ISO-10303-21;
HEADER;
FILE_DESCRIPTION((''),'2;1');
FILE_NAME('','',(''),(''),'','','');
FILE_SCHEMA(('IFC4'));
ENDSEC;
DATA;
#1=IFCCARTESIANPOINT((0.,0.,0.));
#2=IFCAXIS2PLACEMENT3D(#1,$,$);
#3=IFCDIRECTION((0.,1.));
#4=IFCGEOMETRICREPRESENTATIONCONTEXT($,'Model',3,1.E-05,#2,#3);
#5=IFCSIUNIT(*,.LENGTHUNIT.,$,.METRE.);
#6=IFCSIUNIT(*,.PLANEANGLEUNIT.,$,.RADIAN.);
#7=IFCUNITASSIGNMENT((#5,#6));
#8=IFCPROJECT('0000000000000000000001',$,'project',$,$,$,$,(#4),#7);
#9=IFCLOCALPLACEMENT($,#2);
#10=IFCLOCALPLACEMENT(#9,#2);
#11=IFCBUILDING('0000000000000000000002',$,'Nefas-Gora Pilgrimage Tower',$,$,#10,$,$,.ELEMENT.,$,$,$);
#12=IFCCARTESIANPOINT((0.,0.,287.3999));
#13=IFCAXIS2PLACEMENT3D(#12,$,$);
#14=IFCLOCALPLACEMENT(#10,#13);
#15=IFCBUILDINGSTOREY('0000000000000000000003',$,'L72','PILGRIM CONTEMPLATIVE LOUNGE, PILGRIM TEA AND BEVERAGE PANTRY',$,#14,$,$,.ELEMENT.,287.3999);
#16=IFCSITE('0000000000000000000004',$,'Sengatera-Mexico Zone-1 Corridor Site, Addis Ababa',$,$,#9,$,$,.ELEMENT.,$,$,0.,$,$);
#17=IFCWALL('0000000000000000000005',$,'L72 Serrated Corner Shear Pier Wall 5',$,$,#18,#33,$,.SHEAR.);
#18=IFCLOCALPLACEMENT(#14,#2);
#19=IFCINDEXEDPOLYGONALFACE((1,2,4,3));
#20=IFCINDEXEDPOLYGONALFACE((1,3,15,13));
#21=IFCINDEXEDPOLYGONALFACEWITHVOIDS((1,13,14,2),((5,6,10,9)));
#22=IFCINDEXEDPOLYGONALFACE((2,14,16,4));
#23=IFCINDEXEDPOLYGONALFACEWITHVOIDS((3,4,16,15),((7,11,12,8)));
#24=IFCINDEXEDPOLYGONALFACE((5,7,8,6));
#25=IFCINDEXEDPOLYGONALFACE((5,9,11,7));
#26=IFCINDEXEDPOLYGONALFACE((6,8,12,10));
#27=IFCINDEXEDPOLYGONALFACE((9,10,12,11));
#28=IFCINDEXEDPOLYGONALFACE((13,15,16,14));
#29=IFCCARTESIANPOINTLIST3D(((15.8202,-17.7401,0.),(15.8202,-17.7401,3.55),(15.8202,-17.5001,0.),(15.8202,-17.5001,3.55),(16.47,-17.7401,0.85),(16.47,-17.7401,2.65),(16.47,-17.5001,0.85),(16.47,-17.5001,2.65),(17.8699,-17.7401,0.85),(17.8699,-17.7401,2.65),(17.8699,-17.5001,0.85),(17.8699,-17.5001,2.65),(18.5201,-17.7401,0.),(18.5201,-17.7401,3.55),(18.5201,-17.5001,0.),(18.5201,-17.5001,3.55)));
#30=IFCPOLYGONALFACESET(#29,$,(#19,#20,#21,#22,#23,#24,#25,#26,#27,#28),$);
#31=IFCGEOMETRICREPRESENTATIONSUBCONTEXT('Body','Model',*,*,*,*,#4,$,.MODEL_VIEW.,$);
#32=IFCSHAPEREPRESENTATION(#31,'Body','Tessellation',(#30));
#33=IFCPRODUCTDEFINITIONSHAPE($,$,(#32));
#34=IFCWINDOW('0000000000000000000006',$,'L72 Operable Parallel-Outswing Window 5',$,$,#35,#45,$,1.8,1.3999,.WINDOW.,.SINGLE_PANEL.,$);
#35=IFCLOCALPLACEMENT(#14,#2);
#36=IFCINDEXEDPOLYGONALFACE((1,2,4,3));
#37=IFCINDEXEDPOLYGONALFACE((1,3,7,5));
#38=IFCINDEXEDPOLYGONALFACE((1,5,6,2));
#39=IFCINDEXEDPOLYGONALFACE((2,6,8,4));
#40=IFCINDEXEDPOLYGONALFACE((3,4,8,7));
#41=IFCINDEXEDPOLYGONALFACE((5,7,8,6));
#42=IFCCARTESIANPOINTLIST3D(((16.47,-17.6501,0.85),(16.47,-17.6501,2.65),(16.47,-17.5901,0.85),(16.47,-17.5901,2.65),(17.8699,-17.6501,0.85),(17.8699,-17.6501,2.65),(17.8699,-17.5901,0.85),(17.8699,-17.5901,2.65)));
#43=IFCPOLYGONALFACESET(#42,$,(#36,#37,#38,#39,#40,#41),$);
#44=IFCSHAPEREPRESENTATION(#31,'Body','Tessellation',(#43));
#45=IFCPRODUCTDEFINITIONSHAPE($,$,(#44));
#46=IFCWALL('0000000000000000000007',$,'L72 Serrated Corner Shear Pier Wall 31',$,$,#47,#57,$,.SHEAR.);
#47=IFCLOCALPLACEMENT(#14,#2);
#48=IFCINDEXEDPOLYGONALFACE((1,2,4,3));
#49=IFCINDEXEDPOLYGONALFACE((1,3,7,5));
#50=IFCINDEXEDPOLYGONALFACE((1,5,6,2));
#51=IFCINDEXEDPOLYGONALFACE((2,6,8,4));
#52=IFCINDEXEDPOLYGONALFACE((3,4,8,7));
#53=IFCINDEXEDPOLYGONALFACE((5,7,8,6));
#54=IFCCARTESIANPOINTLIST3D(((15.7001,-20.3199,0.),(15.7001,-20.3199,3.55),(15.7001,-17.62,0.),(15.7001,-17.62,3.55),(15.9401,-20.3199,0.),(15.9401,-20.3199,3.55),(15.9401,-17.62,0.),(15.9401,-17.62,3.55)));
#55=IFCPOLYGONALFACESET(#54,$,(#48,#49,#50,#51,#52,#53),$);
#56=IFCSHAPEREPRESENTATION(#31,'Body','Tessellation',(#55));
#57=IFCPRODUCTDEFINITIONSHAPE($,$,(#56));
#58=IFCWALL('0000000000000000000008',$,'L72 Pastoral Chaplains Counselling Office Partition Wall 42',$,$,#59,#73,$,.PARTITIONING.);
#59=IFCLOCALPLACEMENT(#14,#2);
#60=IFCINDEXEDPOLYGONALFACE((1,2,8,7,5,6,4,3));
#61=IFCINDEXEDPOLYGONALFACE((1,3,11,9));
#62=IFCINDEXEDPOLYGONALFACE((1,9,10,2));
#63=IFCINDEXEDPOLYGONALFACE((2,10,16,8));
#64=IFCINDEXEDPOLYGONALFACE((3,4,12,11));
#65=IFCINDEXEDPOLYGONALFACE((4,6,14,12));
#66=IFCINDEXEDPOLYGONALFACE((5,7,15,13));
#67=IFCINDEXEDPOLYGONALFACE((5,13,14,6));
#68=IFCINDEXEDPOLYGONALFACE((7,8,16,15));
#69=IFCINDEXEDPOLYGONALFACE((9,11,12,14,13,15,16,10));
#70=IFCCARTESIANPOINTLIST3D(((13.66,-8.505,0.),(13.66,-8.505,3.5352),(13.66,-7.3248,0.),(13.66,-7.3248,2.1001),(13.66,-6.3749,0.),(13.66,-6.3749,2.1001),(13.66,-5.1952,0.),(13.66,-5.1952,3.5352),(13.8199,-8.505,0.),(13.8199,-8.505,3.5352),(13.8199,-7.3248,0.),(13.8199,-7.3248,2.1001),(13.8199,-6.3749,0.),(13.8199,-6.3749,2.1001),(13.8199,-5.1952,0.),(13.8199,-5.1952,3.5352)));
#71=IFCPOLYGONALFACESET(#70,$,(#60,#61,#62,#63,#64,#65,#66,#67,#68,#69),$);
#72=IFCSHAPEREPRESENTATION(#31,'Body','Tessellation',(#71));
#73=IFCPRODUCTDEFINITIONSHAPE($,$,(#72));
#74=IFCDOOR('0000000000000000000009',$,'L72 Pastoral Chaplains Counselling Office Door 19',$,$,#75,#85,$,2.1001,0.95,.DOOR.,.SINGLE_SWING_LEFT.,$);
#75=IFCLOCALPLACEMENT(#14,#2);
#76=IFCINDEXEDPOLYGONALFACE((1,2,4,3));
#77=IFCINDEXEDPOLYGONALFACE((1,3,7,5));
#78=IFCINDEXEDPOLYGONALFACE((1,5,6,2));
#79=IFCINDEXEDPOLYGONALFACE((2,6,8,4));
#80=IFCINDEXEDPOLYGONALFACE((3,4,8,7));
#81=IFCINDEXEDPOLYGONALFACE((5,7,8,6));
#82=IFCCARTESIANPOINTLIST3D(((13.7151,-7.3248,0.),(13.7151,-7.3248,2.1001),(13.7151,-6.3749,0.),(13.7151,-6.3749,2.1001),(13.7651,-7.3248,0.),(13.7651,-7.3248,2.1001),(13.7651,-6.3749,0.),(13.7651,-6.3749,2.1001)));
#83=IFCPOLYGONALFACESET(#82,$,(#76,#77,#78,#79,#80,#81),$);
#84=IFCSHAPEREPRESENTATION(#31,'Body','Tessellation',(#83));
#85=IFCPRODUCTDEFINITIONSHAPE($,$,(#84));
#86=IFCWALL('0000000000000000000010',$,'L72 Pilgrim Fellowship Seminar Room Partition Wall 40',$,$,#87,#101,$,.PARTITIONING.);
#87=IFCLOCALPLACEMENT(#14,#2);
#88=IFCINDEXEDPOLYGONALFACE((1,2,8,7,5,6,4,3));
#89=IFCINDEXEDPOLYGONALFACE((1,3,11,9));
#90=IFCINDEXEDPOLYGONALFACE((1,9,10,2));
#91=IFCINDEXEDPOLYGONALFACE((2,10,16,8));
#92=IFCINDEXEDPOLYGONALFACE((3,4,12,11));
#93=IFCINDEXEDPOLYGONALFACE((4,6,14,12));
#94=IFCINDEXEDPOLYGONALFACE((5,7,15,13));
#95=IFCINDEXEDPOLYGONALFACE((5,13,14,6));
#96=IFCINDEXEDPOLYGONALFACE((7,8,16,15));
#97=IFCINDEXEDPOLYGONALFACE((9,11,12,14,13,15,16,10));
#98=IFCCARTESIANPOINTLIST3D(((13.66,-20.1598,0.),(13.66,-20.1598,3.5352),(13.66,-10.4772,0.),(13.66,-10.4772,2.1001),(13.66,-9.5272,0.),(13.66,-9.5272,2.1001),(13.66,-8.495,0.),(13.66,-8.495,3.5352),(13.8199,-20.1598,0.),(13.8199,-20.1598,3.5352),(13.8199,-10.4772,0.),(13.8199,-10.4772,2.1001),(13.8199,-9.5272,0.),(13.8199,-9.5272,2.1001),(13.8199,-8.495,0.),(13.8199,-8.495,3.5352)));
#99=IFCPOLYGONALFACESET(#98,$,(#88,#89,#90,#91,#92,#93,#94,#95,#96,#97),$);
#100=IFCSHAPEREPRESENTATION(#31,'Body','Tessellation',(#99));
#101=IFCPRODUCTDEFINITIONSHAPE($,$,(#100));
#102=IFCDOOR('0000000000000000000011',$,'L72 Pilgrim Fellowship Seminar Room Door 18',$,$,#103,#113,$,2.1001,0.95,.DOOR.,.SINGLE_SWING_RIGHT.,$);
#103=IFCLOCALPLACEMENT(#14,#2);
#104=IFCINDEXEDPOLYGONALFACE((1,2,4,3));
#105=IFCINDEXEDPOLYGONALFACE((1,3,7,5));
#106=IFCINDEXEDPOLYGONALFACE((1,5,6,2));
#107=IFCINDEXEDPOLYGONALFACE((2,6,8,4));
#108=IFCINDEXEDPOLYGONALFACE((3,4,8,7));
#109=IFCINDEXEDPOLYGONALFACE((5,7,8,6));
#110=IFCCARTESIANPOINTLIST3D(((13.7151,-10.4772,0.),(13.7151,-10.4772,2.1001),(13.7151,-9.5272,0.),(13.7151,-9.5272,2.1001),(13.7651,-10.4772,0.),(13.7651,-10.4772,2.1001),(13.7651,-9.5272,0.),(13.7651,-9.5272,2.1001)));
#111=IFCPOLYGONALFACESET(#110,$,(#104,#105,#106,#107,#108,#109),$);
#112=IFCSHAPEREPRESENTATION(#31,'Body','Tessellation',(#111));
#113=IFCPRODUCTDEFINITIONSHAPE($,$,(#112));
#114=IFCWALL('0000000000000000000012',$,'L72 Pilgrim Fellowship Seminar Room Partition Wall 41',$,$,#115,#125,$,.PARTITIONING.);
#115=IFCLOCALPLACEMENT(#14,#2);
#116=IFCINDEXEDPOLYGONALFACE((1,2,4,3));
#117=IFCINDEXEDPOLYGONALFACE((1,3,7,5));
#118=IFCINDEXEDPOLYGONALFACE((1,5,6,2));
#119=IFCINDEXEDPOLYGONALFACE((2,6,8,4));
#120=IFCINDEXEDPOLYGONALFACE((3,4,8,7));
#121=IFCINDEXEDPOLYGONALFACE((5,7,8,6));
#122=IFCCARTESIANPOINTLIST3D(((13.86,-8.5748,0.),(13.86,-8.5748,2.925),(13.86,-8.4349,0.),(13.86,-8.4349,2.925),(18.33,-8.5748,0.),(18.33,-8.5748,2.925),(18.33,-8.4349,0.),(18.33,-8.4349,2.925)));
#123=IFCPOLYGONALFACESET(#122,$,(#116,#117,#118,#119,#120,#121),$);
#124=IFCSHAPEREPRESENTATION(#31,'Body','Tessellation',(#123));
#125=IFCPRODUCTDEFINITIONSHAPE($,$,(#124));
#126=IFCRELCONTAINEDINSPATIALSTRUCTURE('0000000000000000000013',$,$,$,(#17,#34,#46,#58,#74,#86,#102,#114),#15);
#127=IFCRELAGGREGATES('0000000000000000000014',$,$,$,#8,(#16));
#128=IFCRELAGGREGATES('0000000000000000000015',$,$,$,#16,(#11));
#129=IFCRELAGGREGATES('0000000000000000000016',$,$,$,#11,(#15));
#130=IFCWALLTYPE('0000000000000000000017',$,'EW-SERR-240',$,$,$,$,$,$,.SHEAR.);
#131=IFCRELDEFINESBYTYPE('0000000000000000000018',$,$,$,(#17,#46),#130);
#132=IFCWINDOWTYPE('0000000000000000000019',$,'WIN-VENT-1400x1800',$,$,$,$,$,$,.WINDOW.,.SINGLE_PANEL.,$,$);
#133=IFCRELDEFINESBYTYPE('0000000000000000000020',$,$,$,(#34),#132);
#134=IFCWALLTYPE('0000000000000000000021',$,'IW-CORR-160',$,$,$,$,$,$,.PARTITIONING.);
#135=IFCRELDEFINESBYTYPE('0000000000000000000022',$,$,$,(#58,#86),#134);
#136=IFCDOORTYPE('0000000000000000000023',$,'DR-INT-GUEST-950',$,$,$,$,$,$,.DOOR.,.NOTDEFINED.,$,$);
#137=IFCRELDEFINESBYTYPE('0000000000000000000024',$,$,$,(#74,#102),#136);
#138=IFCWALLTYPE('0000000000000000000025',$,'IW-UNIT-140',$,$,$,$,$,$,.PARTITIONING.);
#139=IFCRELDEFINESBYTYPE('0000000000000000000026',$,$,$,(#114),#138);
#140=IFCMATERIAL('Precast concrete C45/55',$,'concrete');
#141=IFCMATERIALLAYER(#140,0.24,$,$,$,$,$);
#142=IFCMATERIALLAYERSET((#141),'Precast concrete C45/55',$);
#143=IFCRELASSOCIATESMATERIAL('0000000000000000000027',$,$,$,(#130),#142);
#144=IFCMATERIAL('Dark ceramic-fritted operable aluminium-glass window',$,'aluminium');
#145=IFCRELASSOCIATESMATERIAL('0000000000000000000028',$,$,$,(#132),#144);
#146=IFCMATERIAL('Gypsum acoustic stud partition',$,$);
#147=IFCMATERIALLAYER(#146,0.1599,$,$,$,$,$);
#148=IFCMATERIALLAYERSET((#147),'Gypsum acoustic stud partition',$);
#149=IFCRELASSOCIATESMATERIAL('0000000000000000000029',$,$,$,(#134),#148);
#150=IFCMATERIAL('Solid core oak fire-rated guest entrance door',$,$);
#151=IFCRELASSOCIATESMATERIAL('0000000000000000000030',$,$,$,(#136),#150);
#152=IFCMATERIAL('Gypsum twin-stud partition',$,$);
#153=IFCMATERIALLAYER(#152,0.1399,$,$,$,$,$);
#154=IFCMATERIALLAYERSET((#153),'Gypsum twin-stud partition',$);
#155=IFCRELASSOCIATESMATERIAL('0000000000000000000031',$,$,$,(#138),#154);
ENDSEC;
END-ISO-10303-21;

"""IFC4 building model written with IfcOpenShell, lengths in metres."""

from ifc_helpers import new_model, si_unit, direction, frame, frame_2d, origin, place, context, subcontext, project, spatial, rectangle, extrude, source, transform, mapped, material, layer, layer_set, type_object, element, fill, save


model = new_model("IFC4")

# Units and contexts
model_context = context("Model", 3, precision=1e-05, world=origin(), true_north=direction((0.0, 1.0)))
body_context = subcontext(model_context, "Body", "Model", "MODEL_VIEW")
ifc_project = project(units=[si_unit("LENGTHUNIT", "METRE"), si_unit("PLANEANGLEUNIT", "RADIAN")], contexts=[model_context])

# Site, building, storey
site_placement = place(None, origin())
site = spatial("IfcSite", under=ifc_project, at=site_placement, Name="Sengatera-Mexico Zone-1 Corridor Site, Addis Ababa", CompositionType="ELEMENT", RefElevation=0.0)
building_placement = place(site_placement, origin())
building = spatial("IfcBuilding", under=site, at=building_placement, Name="Nefas-Gora Pilgrimage Tower", CompositionType="ELEMENT")
storey_placement = place(building_placement, frame((0.0, 0.0, 287.3999)))
storey = spatial("IfcBuildingStorey", under=building, at=storey_placement, Name="L72", Description="PILGRIM CONTEMPLATIVE LOUNGE, PILGRIM TEA AND BEVERAGE PANTRY", CompositionType="ELEMENT", Elevation=287.3999)

# Shared definitions
ifc_material_1 = material(Name="Precast concrete C45/55", Category="concrete")
ifc_layer_1 = layer(ifc_material_1, 0.24)
ifc_layer_set_1 = layer_set([ifc_layer_1], Name="Precast concrete C45/55")
wall_type_1 = type_object("IfcWallType", Name="EW-SERR-240", PredefinedType="SHEAR", material=ifc_layer_set_1)

# Wall, opening, window
shared_shape_1 = source(origin(), body_context, "Body", "SweptSolid", [
    extrude(rectangle(XDim=2.7, YDim=0.24, at=frame_2d((1.3501, 0.0))), origin(), (0.0, 0.0, 1.0), 3.55),
])
wall_1_placement = place(storey_placement, frame((15.8201, -17.6201, 0.0), z_axis=(0.0, 0.0, 1.0), x_axis=(1.0, 0.0, 0.0)))
wall_1 = element("IfcWall", 1, at=wall_1_placement, inside=storey, type_object=wall_type_1, Name="L72 Serrated Corner Shear Pier Wall 5", PredefinedType="SHEAR", context=body_context, shape_type="MappedRepresentation", body=[
    mapped(shared_shape_1, transform((0.0, 0.0, 0.0), x_axis=(1.0, 0.0, 0.0), y_axis=(0.0, 1.0, 0.0), z_axis=(0.0, 0.0, 1.0), scale=1.0)),
])
opening_1_placement = place(wall_1_placement, frame((0.6499, 0.0, 0.8501)))
opening_1 = element("IfcOpeningElement", 2, at=opening_1_placement, cuts=wall_1, PredefinedType="OPENING", context=body_context, shape_type="SweptSolid", body=[
    extrude(rectangle(XDim=1.3999, YDim=1.8, at=frame_2d((0.7, 0.8999))), frame((0.0, 0.1299, 0.0), z_axis=(0.0, -1.0, 0.0), x_axis=(1.0, 0.0, 0.0)), (0.0, 0.0, 1.0), 0.26),
])
ifc_material_2 = material(Name="Dark ceramic-fritted operable aluminium-glass window", Category="aluminium")
window_type = type_object("IfcWindowType", Name="WIN-VENT-1400x1800", PartitioningType="SINGLE_PANEL", PredefinedType="WINDOW", material=ifc_material_2)
shared_shape_2 = source(origin(), body_context, "Body", "SweptSolid", [
    extrude(rectangle(XDim=1.3999, YDim=1.8, at=frame_2d((0.7, 0.8999))), frame((0.0, 0.03, 0.0), z_axis=(0.0, -1.0, 0.0), x_axis=(1.0, 0.0, 0.0)), (0.0, 0.0, 1.0), 0.0601),
])
window_placement = place(opening_1_placement, origin())
window = element("IfcWindow", 3, at=window_placement, inside=storey, type_object=window_type, Name="L72 Operable Parallel-Outswing Window 5", OverallHeight=1.8, OverallWidth=1.3999, PartitioningType="SINGLE_PANEL", PredefinedType="WINDOW", context=body_context, shape_type="MappedRepresentation", body=[
    mapped(shared_shape_2, transform((0.0, 0.0, 0.0), x_axis=(1.0, 0.0, 0.0), y_axis=(0.0, 1.0, 0.0), z_axis=(0.0, 0.0, 1.0), scale=1.0)),
])
fill(opening_1, window)

# Wall
wall_2_placement = place(storey_placement, frame((15.8201, -20.3201, 0.0), z_axis=(0.0, 0.0, 1.0), x_axis=(0.0, 1.0, 0.0)))
element("IfcWall", 4, at=wall_2_placement, inside=storey, type_object=wall_type_1, Name="L72 Serrated Corner Shear Pier Wall 31", PredefinedType="SHEAR", context=body_context, shape_type="MappedRepresentation", body=[
    mapped(shared_shape_1, transform((0.0, 0.0, 0.0), x_axis=(1.0, 0.0, 0.0), y_axis=(0.0, 1.0, 0.0), z_axis=(0.0, 0.0, 1.0), scale=1.0)),
])

# Walls, openings, doors
ifc_material_3 = material(Name="Gypsum acoustic stud partition")
ifc_layer_2 = layer(ifc_material_3, 0.1599)
ifc_layer_set_2 = layer_set([ifc_layer_2], Name="Gypsum acoustic stud partition")
wall_type_2 = type_object("IfcWallType", Name="IW-CORR-160", PredefinedType="PARTITIONING", material=ifc_layer_set_2)
shared_shape_3 = source(origin(), body_context, "Body", "SweptSolid", [
    extrude(rectangle(XDim=3.3098, YDim=0.1599, at=frame_2d((1.6548, 0.0))), origin(), (0.0, 0.0, 1.0), 3.5352),
])
wall_3_placement = place(storey_placement, frame((13.74, -8.5049, 0.0), z_axis=(0.0, 0.0, 1.0), x_axis=(0.0, 1.0, 0.0)))
wall_3 = element("IfcWall", 5, at=wall_3_placement, inside=storey, type_object=wall_type_2, Name="L72 Pastoral Chaplains Counselling Office Partition Wall 42", PredefinedType="PARTITIONING", context=body_context, shape_type="MappedRepresentation", body=[
    mapped(shared_shape_3, transform((0.0, 0.0, 0.0), x_axis=(1.0, 0.0, 0.0), y_axis=(0.0, 1.0, 0.0), z_axis=(0.0, 0.0, 1.0), scale=1.0)),
])
opening_2_placement = place(wall_3_placement, frame((1.1799, 0.0, 0.0)))
opening_2 = element("IfcOpeningElement", 6, at=opening_2_placement, cuts=wall_3, PredefinedType="OPENING", context=body_context, shape_type="SweptSolid", body=[
    extrude(rectangle(XDim=0.95, YDim=2.1001, at=frame_2d((0.4751, 1.05))), frame((0.0, 0.0898, 0.0), z_axis=(0.0, -1.0, 0.0), x_axis=(1.0, 0.0, 0.0)), (0.0, 0.0, 1.0), 0.1799),
])
ifc_material_4 = material(Name="Solid core oak fire-rated guest entrance door")
door_type = type_object("IfcDoorType", Name="DR-INT-GUEST-950", OperationType="NOTDEFINED", PredefinedType="DOOR", material=ifc_material_4)
shared_shape_4 = source(origin(), body_context, "Body", "SweptSolid", [
    extrude(rectangle(XDim=0.95, YDim=2.1001, at=frame_2d((0.4751, 1.05))), frame((0.0, 0.0249, 0.0), z_axis=(0.0, -1.0, 0.0), x_axis=(1.0, 0.0, 0.0)), (0.0, 0.0, 1.0), 0.05),
])
door_1_placement = place(opening_2_placement, origin())
door_1 = element("IfcDoor", 7, at=door_1_placement, inside=storey, type_object=door_type, Name="L72 Pastoral Chaplains Counselling Office Door 19", OperationType="SINGLE_SWING_LEFT", OverallHeight=2.1001, OverallWidth=0.95, PredefinedType="DOOR", context=body_context, shape_type="MappedRepresentation", body=[
    mapped(shared_shape_4, transform((0.0, 0.0, 0.0), x_axis=(1.0, 0.0, 0.0), y_axis=(0.0, 1.0, 0.0), z_axis=(0.0, 0.0, 1.0), scale=1.0)),
])
fill(opening_2, door_1)
shared_shape_5 = source(origin(), body_context, "Body", "SweptSolid", [
    extrude(rectangle(XDim=11.6648, YDim=0.1599, at=frame_2d((5.8325, 0.0))), origin(), (0.0, 0.0, 1.0), 3.5352),
])
wall_4_placement = place(storey_placement, frame((13.74, -20.1599, 0.0), z_axis=(0.0, 0.0, 1.0), x_axis=(0.0, 1.0, 0.0)))
wall_4 = element("IfcWall", 8, at=wall_4_placement, inside=storey, type_object=wall_type_2, Name="L72 Pilgrim Fellowship Seminar Room Partition Wall 40", PredefinedType="PARTITIONING", context=body_context, shape_type="MappedRepresentation", body=[
    mapped(shared_shape_5, transform((0.0, 0.0, 0.0), x_axis=(1.0, 0.0, 0.0), y_axis=(0.0, 1.0, 0.0), z_axis=(0.0, 0.0, 1.0), scale=1.0)),
])
opening_3_placement = place(wall_4_placement, frame((9.6826, 0.0, 0.0)))
opening_3 = element("IfcOpeningElement", 9, at=opening_3_placement, cuts=wall_4, PredefinedType="OPENING", context=body_context, shape_type="SweptSolid", body=[
    extrude(rectangle(XDim=0.95, YDim=2.1001, at=frame_2d((0.4751, 1.05))), frame((0.0, 0.0898, 0.0), z_axis=(0.0, -1.0, 0.0), x_axis=(1.0, 0.0, 0.0)), (0.0, 0.0, 1.0), 0.1799),
])
door_2_placement = place(opening_3_placement, origin())
door_2 = element("IfcDoor", 10, at=door_2_placement, inside=storey, type_object=door_type, Name="L72 Pilgrim Fellowship Seminar Room Door 18", OperationType="SINGLE_SWING_RIGHT", OverallHeight=2.1001, OverallWidth=0.95, PredefinedType="DOOR", context=body_context, shape_type="MappedRepresentation", body=[
    mapped(shared_shape_4, transform((0.0, 0.0, 0.0), x_axis=(1.0, 0.0, 0.0), y_axis=(0.0, 1.0, 0.0), z_axis=(0.0, 0.0, 1.0), scale=1.0)),
])
fill(opening_3, door_2)

# Wall
ifc_material_5 = material(Name="Gypsum twin-stud partition")
ifc_layer_3 = layer(ifc_material_5, 0.1399)
ifc_layer_set_3 = layer_set([ifc_layer_3], Name="Gypsum twin-stud partition")
wall_type_3 = type_object("IfcWallType", Name="IW-UNIT-140", PredefinedType="PARTITIONING", material=ifc_layer_set_3)
shared_shape_6 = source(origin(), body_context, "Body", "SweptSolid", [
    extrude(rectangle(XDim=4.47, YDim=0.1399, at=frame_2d((2.2349, 0.0))), origin(), (0.0, 0.0, 1.0), 2.925),
])
wall_5_placement = place(storey_placement, frame((13.8601, -8.5049, 0.0), z_axis=(0.0, 0.0, 1.0), x_axis=(1.0, 0.0, 0.0)))
element("IfcWall", 11, at=wall_5_placement, inside=storey, type_object=wall_type_3, Name="L72 Pilgrim Fellowship Seminar Room Partition Wall 41", PredefinedType="PARTITIONING", context=body_context, shape_type="MappedRepresentation", body=[
    mapped(shared_shape_6, transform((0.0, 0.0, 0.0), x_axis=(1.0, 0.0, 0.0), y_axis=(0.0, 1.0, 0.0), z_axis=(0.0, 0.0, 1.0), scale=1.0)),
])

save(model, "model.ifc")
